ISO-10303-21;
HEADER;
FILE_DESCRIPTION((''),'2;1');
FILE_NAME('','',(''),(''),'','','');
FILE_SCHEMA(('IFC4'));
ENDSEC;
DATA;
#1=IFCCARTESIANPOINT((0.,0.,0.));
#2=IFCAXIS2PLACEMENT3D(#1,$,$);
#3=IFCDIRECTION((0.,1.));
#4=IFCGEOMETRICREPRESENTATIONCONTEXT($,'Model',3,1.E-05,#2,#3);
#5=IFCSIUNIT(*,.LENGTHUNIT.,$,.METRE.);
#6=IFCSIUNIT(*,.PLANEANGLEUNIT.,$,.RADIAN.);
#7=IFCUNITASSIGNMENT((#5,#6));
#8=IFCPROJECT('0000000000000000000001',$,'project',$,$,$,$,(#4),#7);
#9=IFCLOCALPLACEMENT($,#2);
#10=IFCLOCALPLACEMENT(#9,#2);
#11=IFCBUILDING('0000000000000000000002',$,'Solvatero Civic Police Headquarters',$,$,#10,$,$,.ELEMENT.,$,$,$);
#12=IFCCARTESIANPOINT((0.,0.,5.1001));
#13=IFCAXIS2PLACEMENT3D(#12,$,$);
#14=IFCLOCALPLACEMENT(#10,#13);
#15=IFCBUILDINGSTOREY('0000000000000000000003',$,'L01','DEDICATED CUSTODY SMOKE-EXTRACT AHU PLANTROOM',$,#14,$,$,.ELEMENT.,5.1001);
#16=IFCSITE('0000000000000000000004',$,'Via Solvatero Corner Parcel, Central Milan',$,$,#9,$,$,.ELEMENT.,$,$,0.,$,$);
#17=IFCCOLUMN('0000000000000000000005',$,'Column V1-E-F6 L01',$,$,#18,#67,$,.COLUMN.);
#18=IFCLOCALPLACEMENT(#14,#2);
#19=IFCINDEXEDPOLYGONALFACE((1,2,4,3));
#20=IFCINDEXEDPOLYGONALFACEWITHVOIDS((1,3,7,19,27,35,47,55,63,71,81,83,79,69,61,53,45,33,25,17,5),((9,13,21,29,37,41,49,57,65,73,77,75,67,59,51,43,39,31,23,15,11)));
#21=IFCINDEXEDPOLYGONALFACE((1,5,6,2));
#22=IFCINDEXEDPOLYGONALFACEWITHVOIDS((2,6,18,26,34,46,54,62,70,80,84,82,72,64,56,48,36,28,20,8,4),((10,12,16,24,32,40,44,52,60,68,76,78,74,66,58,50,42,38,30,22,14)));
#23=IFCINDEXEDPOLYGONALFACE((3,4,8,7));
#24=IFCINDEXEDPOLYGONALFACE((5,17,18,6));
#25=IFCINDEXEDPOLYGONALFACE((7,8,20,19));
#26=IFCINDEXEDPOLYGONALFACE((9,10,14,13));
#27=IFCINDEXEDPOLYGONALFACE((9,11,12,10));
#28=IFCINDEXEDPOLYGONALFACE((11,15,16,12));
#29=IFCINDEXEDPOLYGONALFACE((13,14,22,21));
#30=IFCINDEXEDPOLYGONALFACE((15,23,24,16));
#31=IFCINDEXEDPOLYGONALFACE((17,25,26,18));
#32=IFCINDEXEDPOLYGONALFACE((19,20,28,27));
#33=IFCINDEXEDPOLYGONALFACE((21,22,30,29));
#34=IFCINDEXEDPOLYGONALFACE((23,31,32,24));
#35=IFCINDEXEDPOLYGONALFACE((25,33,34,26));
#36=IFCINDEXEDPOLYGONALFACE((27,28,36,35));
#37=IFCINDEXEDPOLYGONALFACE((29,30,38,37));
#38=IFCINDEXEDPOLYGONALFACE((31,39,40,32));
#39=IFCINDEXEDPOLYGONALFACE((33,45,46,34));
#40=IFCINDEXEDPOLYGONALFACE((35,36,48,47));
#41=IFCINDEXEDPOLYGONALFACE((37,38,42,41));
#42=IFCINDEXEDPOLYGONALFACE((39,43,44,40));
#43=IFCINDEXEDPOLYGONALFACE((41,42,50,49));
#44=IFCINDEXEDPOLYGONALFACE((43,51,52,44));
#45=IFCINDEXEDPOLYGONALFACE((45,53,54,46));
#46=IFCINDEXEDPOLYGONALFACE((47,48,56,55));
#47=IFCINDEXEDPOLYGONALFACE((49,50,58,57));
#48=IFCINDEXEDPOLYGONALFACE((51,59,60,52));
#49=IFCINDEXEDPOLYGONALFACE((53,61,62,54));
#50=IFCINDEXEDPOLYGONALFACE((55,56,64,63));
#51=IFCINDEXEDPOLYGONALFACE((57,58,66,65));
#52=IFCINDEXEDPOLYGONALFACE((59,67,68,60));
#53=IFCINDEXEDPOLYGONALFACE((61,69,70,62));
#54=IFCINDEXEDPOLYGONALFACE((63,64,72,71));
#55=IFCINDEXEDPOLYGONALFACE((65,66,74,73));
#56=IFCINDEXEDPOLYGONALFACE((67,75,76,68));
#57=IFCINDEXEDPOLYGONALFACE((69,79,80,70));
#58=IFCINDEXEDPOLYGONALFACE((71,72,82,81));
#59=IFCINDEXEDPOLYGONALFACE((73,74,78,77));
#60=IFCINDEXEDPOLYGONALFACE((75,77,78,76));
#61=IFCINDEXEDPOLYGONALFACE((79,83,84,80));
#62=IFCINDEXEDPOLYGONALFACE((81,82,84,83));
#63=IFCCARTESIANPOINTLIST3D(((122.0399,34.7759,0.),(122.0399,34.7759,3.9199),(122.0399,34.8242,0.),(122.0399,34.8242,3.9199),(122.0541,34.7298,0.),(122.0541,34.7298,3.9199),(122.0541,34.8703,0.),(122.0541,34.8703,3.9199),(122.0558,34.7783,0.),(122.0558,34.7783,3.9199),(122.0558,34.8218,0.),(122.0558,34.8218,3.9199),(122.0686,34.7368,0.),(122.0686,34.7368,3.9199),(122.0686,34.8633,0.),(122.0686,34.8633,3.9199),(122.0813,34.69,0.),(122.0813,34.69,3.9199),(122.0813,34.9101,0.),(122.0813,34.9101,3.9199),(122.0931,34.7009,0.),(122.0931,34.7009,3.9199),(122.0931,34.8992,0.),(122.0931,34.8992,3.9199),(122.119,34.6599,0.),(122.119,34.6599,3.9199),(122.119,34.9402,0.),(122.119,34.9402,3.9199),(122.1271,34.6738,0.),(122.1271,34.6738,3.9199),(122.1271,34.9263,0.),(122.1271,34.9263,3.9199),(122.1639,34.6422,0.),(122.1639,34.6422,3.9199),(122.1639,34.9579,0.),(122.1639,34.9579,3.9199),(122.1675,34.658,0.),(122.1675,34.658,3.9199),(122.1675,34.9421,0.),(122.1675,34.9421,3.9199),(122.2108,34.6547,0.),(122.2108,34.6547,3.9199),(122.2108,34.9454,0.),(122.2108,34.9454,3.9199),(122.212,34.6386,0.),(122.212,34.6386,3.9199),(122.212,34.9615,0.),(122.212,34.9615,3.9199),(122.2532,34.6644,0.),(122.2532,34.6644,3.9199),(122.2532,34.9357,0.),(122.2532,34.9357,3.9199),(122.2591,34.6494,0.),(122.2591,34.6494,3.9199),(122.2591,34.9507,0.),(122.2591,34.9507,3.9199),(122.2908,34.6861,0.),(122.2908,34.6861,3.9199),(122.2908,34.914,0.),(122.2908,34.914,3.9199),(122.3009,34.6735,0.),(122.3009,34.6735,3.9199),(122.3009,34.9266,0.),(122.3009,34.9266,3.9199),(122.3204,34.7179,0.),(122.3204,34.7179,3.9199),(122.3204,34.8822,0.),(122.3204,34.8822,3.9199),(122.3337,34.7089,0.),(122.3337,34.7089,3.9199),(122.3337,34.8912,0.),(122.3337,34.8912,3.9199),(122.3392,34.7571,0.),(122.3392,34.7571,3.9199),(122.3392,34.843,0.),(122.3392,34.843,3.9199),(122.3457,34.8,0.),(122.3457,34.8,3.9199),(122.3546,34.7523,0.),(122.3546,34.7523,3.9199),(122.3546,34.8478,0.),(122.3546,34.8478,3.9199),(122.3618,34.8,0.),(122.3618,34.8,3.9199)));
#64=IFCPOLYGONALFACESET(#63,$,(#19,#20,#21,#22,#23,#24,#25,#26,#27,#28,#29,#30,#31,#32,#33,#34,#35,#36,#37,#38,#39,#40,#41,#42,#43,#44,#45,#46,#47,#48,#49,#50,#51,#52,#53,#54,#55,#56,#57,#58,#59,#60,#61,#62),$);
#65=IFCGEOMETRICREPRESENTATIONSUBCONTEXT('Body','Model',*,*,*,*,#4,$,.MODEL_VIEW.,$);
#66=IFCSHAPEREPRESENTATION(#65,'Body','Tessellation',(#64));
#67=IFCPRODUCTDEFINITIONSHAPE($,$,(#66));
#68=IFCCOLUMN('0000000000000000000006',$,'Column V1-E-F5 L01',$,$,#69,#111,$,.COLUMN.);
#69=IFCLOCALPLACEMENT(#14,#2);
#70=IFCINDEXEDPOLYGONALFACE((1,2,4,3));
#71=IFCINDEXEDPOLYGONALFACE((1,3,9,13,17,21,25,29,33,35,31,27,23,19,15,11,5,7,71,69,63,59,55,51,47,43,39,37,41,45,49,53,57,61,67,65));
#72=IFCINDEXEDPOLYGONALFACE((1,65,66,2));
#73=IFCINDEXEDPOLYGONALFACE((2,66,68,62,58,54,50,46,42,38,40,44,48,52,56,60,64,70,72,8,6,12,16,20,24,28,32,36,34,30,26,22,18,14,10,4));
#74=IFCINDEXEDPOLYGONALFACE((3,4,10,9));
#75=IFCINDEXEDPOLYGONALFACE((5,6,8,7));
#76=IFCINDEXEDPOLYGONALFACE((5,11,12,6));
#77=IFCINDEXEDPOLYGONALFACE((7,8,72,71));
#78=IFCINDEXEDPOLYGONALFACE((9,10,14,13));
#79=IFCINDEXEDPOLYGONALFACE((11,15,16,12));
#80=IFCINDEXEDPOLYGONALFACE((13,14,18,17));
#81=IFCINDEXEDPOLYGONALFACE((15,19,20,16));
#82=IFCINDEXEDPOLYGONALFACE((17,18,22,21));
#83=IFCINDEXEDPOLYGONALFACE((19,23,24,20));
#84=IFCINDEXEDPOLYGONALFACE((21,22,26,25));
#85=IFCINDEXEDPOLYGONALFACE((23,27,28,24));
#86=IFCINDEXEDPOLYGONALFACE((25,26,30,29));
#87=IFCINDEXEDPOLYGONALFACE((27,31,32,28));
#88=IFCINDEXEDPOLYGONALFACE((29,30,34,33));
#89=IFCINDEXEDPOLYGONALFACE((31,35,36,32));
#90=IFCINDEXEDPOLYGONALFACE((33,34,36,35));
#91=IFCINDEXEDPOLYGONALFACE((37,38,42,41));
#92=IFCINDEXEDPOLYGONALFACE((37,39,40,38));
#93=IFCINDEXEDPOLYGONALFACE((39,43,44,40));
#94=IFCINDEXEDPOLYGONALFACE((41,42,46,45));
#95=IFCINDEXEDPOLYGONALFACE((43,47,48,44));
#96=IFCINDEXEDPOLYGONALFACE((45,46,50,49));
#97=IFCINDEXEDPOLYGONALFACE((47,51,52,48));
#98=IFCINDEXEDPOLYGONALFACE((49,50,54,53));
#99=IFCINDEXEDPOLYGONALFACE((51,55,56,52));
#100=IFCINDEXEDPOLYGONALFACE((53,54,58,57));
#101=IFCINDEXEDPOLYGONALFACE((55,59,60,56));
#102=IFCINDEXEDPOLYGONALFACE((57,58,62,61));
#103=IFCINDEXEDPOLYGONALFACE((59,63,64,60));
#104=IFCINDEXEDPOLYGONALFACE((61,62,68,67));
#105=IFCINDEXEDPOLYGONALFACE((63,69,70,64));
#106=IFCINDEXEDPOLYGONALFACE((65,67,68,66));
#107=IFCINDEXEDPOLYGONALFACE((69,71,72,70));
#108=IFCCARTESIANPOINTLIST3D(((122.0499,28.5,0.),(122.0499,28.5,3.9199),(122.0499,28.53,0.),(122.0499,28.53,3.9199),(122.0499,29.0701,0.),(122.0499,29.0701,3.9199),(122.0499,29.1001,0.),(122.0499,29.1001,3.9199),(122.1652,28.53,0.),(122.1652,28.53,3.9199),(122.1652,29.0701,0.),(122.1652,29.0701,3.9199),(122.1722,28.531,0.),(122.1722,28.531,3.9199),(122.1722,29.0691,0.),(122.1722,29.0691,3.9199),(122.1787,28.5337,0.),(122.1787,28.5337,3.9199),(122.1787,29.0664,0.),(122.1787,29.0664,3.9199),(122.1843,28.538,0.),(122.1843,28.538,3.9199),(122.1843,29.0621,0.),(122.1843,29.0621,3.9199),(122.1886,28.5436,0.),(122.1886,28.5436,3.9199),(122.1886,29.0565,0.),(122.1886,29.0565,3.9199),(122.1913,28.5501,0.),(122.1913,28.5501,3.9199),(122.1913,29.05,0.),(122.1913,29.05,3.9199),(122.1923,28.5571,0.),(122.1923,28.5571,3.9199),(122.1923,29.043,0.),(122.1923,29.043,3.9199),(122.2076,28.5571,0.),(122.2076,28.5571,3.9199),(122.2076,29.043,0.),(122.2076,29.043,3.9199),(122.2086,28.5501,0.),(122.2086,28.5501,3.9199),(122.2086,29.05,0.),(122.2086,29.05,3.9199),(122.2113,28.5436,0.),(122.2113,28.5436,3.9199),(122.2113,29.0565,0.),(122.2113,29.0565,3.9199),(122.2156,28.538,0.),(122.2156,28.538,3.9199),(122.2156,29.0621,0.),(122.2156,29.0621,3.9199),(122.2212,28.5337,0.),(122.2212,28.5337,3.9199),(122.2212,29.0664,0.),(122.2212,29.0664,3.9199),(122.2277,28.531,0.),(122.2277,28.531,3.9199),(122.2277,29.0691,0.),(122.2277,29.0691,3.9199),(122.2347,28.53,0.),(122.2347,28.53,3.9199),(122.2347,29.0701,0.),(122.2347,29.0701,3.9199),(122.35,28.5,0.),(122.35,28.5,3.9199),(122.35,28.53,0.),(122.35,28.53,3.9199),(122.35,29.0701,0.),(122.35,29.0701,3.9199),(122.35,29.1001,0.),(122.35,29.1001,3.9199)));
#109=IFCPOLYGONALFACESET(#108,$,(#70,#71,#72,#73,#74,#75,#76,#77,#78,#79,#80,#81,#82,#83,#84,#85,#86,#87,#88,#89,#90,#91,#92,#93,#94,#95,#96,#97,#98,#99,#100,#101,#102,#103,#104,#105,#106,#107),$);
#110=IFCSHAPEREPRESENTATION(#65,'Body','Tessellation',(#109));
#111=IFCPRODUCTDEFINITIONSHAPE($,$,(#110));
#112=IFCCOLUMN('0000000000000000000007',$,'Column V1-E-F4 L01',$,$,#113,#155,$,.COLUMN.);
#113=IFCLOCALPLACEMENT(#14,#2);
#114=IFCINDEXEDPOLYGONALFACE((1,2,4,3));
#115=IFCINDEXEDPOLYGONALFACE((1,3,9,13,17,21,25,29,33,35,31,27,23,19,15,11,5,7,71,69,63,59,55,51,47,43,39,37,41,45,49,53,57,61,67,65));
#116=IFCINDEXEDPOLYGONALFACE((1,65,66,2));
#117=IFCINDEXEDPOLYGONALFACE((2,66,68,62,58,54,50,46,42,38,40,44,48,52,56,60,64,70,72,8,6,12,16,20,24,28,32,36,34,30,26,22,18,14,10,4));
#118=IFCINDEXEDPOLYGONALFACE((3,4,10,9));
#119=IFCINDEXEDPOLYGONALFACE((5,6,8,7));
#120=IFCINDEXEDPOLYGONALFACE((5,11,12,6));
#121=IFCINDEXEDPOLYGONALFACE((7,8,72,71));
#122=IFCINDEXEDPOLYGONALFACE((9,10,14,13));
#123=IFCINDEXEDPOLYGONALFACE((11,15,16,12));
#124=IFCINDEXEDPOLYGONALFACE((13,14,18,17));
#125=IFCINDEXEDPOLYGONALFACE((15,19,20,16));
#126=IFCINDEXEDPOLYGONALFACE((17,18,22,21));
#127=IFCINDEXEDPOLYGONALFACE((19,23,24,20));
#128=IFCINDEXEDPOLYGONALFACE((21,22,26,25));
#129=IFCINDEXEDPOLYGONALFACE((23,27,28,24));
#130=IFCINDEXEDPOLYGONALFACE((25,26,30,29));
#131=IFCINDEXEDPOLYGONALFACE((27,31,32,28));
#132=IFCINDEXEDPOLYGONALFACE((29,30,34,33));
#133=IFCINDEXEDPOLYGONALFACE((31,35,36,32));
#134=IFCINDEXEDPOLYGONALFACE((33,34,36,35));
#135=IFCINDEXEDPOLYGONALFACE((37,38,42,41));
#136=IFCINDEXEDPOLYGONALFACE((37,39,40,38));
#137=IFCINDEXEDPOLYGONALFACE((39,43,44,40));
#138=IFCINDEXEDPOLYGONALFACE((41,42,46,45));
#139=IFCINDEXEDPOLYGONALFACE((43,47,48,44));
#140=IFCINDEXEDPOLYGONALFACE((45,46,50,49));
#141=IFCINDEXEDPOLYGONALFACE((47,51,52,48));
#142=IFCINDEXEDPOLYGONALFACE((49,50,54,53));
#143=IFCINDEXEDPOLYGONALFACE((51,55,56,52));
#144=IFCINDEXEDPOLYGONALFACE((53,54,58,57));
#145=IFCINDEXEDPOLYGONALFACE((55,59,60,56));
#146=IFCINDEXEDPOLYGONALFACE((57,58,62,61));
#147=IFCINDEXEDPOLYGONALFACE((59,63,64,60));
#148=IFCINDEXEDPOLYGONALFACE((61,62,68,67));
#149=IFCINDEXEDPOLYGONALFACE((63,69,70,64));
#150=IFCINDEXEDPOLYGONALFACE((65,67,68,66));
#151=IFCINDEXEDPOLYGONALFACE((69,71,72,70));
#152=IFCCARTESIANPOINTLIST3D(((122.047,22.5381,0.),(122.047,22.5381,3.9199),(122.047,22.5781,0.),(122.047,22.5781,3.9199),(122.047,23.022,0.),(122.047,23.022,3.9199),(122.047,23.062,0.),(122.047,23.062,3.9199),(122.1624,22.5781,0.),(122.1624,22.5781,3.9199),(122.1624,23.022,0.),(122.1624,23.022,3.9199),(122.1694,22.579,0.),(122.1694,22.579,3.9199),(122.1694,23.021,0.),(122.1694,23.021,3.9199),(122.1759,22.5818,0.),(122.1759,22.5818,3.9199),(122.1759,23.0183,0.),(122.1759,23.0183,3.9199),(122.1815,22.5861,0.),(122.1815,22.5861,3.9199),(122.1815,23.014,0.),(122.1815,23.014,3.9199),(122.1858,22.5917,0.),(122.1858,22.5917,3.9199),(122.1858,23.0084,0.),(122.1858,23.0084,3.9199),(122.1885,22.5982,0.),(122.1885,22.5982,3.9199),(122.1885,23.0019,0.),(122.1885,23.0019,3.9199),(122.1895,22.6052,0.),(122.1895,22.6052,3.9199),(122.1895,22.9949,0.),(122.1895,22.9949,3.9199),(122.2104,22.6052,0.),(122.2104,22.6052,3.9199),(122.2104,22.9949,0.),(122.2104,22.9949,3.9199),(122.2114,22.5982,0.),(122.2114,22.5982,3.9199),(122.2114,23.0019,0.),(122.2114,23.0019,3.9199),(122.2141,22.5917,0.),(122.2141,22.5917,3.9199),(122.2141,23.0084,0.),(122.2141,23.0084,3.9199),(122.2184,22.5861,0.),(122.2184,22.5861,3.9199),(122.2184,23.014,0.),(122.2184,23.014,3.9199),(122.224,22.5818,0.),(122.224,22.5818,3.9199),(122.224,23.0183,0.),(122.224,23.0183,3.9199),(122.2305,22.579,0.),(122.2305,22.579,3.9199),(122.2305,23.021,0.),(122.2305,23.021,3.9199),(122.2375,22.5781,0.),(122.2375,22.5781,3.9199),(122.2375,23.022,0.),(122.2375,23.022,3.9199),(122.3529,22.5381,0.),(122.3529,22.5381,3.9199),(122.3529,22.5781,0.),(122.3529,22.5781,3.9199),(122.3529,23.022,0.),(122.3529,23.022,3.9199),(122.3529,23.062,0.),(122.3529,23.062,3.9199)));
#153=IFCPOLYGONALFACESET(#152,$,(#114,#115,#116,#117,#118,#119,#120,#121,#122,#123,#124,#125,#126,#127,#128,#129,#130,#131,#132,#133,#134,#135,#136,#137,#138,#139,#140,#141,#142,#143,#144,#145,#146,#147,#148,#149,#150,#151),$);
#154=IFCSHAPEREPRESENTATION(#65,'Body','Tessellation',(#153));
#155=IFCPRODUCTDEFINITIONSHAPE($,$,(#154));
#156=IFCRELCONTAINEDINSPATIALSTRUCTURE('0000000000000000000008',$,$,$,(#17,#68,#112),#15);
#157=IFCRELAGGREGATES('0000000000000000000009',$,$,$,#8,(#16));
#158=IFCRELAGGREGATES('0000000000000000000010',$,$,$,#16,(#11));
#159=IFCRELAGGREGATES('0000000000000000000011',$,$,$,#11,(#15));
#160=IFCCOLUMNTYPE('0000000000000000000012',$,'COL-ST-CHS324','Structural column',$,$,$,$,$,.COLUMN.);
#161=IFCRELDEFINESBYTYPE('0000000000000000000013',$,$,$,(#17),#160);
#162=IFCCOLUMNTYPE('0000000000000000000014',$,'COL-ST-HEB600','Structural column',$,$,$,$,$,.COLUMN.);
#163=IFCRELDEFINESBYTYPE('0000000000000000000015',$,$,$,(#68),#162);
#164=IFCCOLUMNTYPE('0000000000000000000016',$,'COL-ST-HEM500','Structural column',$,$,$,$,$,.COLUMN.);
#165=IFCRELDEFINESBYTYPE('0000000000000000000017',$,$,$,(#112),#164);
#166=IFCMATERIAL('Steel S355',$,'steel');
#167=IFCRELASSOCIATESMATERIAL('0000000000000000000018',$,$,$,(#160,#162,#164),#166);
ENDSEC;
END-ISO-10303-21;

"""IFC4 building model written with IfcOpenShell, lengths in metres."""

from ifc_helpers import new_model, si_unit, direction, frame, origin, origin_2d, place, context, subcontext, project, spatial, hollow_circle, i_section, extrude, material, material_profile, profile_set, type_object, element, save


model = new_model("IFC4")

# Units and contexts
model_context = context("Model", 3, precision=1e-05, world=origin(), true_north=direction((0.0, 1.0)))
body_context = subcontext(model_context, "Body", "Model", "MODEL_VIEW")
ifc_project = project(units=[si_unit("LENGTHUNIT", "METRE"), si_unit("PLANEANGLEUNIT", "RADIAN")], contexts=[model_context])

# Site, building, storey
site_placement = place(None, origin())
site = spatial("IfcSite", under=ifc_project, at=site_placement, Name="Via Solvatero Corner Parcel, Central Milan", CompositionType="ELEMENT", RefElevation=0.0)
building_placement = place(site_placement, origin())
building = spatial("IfcBuilding", under=site, at=building_placement, Name="Solvatero Civic Police Headquarters", CompositionType="ELEMENT")
storey_placement = place(building_placement, frame((0.0, 0.0, 5.1001)))
storey = spatial("IfcBuildingStorey", under=building, at=storey_placement, Name="L01", Description="DEDICATED CUSTODY SMOKE-EXTRACT AHU PLANTROOM", CompositionType="ELEMENT", Elevation=5.1001)

# Columns
ifc_material_1 = material(Name="Steel S355", Category="steel")
ifc_material_profile_1 = material_profile(ifc_material_1, hollow_circle(Radius=0.1619, WallThickness=0.0161, at=origin_2d()), Name="CHS 323.9x16.0")
ifc_profile_set_1 = profile_set([ifc_material_profile_1], Name="Steel S355")
column_type_1 = type_object("IfcColumnType", Name="COL-ST-CHS324", Description="Structural column", PredefinedType="COLUMN", material=ifc_profile_set_1)
column_1_placement = place(storey_placement, frame((122.2, 34.8, 0.0), z_axis=(0.0, 0.0, 1.0), x_axis=(1.0, 0.0, 0.0)))
element("IfcColumn", 1, at=column_1_placement, inside=storey, type_object=column_type_1, Name="Column V1-E-F6 L01", PredefinedType="COLUMN", context=body_context, shape_type="SweptSolid", body=[
    extrude(hollow_circle(Radius=0.1619, WallThickness=0.0161, at=origin_2d()), origin(), (0.0, 0.0, 1.0), 3.9199),
])
ifc_material_profile_2 = material_profile(ifc_material_1, i_section(OverallWidth=0.3, OverallDepth=0.6001, WebThickness=0.0154, FlangeThickness=0.03, FilletRadius=0.0271, at=origin_2d()), Name="HEB 600")
ifc_profile_set_2 = profile_set([ifc_material_profile_2], Name="Steel S355")
column_type_2 = type_object("IfcColumnType", Name="COL-ST-HEB600", Description="Structural column", PredefinedType="COLUMN", material=ifc_profile_set_2)
column_2_placement = place(storey_placement, frame((122.2, 28.8, 0.0), z_axis=(0.0, 0.0, 1.0), x_axis=(1.0, 0.0, 0.0)))
element("IfcColumn", 2, at=column_2_placement, inside=storey, type_object=column_type_2, Name="Column V1-E-F5 L01", PredefinedType="COLUMN", context=body_context, shape_type="SweptSolid", body=[
    extrude(i_section(OverallWidth=0.3, OverallDepth=0.6001, WebThickness=0.0154, FlangeThickness=0.03, FilletRadius=0.0271, at=origin_2d()), origin(), (0.0, 0.0, 1.0), 3.9199),
])
ifc_material_profile_3 = material_profile(ifc_material_1, i_section(OverallWidth=0.3059, OverallDepth=0.5239, WebThickness=0.021, FlangeThickness=0.04, FilletRadius=0.0271, at=origin_2d()), Name="HEM 500")
ifc_profile_set_3 = profile_set([ifc_material_profile_3], Name="Steel S355")
column_type_3 = type_object("IfcColumnType", Name="COL-ST-HEM500", Description="Structural column", PredefinedType="COLUMN", material=ifc_profile_set_3)
column_3_placement = place(storey_placement, frame((122.2, 22.8, 0.0), z_axis=(0.0, 0.0, 1.0), x_axis=(1.0, 0.0, 0.0)))
element("IfcColumn", 3, at=column_3_placement, inside=storey, type_object=column_type_3, Name="Column V1-E-F4 L01", PredefinedType="COLUMN", context=body_context, shape_type="SweptSolid", body=[
    extrude(i_section(OverallWidth=0.3059, OverallDepth=0.5239, WebThickness=0.021, FlangeThickness=0.04, FilletRadius=0.0271, at=origin_2d()), origin(), (0.0, 0.0, 1.0), 3.9199),
])

save(model, "model.ifc")
